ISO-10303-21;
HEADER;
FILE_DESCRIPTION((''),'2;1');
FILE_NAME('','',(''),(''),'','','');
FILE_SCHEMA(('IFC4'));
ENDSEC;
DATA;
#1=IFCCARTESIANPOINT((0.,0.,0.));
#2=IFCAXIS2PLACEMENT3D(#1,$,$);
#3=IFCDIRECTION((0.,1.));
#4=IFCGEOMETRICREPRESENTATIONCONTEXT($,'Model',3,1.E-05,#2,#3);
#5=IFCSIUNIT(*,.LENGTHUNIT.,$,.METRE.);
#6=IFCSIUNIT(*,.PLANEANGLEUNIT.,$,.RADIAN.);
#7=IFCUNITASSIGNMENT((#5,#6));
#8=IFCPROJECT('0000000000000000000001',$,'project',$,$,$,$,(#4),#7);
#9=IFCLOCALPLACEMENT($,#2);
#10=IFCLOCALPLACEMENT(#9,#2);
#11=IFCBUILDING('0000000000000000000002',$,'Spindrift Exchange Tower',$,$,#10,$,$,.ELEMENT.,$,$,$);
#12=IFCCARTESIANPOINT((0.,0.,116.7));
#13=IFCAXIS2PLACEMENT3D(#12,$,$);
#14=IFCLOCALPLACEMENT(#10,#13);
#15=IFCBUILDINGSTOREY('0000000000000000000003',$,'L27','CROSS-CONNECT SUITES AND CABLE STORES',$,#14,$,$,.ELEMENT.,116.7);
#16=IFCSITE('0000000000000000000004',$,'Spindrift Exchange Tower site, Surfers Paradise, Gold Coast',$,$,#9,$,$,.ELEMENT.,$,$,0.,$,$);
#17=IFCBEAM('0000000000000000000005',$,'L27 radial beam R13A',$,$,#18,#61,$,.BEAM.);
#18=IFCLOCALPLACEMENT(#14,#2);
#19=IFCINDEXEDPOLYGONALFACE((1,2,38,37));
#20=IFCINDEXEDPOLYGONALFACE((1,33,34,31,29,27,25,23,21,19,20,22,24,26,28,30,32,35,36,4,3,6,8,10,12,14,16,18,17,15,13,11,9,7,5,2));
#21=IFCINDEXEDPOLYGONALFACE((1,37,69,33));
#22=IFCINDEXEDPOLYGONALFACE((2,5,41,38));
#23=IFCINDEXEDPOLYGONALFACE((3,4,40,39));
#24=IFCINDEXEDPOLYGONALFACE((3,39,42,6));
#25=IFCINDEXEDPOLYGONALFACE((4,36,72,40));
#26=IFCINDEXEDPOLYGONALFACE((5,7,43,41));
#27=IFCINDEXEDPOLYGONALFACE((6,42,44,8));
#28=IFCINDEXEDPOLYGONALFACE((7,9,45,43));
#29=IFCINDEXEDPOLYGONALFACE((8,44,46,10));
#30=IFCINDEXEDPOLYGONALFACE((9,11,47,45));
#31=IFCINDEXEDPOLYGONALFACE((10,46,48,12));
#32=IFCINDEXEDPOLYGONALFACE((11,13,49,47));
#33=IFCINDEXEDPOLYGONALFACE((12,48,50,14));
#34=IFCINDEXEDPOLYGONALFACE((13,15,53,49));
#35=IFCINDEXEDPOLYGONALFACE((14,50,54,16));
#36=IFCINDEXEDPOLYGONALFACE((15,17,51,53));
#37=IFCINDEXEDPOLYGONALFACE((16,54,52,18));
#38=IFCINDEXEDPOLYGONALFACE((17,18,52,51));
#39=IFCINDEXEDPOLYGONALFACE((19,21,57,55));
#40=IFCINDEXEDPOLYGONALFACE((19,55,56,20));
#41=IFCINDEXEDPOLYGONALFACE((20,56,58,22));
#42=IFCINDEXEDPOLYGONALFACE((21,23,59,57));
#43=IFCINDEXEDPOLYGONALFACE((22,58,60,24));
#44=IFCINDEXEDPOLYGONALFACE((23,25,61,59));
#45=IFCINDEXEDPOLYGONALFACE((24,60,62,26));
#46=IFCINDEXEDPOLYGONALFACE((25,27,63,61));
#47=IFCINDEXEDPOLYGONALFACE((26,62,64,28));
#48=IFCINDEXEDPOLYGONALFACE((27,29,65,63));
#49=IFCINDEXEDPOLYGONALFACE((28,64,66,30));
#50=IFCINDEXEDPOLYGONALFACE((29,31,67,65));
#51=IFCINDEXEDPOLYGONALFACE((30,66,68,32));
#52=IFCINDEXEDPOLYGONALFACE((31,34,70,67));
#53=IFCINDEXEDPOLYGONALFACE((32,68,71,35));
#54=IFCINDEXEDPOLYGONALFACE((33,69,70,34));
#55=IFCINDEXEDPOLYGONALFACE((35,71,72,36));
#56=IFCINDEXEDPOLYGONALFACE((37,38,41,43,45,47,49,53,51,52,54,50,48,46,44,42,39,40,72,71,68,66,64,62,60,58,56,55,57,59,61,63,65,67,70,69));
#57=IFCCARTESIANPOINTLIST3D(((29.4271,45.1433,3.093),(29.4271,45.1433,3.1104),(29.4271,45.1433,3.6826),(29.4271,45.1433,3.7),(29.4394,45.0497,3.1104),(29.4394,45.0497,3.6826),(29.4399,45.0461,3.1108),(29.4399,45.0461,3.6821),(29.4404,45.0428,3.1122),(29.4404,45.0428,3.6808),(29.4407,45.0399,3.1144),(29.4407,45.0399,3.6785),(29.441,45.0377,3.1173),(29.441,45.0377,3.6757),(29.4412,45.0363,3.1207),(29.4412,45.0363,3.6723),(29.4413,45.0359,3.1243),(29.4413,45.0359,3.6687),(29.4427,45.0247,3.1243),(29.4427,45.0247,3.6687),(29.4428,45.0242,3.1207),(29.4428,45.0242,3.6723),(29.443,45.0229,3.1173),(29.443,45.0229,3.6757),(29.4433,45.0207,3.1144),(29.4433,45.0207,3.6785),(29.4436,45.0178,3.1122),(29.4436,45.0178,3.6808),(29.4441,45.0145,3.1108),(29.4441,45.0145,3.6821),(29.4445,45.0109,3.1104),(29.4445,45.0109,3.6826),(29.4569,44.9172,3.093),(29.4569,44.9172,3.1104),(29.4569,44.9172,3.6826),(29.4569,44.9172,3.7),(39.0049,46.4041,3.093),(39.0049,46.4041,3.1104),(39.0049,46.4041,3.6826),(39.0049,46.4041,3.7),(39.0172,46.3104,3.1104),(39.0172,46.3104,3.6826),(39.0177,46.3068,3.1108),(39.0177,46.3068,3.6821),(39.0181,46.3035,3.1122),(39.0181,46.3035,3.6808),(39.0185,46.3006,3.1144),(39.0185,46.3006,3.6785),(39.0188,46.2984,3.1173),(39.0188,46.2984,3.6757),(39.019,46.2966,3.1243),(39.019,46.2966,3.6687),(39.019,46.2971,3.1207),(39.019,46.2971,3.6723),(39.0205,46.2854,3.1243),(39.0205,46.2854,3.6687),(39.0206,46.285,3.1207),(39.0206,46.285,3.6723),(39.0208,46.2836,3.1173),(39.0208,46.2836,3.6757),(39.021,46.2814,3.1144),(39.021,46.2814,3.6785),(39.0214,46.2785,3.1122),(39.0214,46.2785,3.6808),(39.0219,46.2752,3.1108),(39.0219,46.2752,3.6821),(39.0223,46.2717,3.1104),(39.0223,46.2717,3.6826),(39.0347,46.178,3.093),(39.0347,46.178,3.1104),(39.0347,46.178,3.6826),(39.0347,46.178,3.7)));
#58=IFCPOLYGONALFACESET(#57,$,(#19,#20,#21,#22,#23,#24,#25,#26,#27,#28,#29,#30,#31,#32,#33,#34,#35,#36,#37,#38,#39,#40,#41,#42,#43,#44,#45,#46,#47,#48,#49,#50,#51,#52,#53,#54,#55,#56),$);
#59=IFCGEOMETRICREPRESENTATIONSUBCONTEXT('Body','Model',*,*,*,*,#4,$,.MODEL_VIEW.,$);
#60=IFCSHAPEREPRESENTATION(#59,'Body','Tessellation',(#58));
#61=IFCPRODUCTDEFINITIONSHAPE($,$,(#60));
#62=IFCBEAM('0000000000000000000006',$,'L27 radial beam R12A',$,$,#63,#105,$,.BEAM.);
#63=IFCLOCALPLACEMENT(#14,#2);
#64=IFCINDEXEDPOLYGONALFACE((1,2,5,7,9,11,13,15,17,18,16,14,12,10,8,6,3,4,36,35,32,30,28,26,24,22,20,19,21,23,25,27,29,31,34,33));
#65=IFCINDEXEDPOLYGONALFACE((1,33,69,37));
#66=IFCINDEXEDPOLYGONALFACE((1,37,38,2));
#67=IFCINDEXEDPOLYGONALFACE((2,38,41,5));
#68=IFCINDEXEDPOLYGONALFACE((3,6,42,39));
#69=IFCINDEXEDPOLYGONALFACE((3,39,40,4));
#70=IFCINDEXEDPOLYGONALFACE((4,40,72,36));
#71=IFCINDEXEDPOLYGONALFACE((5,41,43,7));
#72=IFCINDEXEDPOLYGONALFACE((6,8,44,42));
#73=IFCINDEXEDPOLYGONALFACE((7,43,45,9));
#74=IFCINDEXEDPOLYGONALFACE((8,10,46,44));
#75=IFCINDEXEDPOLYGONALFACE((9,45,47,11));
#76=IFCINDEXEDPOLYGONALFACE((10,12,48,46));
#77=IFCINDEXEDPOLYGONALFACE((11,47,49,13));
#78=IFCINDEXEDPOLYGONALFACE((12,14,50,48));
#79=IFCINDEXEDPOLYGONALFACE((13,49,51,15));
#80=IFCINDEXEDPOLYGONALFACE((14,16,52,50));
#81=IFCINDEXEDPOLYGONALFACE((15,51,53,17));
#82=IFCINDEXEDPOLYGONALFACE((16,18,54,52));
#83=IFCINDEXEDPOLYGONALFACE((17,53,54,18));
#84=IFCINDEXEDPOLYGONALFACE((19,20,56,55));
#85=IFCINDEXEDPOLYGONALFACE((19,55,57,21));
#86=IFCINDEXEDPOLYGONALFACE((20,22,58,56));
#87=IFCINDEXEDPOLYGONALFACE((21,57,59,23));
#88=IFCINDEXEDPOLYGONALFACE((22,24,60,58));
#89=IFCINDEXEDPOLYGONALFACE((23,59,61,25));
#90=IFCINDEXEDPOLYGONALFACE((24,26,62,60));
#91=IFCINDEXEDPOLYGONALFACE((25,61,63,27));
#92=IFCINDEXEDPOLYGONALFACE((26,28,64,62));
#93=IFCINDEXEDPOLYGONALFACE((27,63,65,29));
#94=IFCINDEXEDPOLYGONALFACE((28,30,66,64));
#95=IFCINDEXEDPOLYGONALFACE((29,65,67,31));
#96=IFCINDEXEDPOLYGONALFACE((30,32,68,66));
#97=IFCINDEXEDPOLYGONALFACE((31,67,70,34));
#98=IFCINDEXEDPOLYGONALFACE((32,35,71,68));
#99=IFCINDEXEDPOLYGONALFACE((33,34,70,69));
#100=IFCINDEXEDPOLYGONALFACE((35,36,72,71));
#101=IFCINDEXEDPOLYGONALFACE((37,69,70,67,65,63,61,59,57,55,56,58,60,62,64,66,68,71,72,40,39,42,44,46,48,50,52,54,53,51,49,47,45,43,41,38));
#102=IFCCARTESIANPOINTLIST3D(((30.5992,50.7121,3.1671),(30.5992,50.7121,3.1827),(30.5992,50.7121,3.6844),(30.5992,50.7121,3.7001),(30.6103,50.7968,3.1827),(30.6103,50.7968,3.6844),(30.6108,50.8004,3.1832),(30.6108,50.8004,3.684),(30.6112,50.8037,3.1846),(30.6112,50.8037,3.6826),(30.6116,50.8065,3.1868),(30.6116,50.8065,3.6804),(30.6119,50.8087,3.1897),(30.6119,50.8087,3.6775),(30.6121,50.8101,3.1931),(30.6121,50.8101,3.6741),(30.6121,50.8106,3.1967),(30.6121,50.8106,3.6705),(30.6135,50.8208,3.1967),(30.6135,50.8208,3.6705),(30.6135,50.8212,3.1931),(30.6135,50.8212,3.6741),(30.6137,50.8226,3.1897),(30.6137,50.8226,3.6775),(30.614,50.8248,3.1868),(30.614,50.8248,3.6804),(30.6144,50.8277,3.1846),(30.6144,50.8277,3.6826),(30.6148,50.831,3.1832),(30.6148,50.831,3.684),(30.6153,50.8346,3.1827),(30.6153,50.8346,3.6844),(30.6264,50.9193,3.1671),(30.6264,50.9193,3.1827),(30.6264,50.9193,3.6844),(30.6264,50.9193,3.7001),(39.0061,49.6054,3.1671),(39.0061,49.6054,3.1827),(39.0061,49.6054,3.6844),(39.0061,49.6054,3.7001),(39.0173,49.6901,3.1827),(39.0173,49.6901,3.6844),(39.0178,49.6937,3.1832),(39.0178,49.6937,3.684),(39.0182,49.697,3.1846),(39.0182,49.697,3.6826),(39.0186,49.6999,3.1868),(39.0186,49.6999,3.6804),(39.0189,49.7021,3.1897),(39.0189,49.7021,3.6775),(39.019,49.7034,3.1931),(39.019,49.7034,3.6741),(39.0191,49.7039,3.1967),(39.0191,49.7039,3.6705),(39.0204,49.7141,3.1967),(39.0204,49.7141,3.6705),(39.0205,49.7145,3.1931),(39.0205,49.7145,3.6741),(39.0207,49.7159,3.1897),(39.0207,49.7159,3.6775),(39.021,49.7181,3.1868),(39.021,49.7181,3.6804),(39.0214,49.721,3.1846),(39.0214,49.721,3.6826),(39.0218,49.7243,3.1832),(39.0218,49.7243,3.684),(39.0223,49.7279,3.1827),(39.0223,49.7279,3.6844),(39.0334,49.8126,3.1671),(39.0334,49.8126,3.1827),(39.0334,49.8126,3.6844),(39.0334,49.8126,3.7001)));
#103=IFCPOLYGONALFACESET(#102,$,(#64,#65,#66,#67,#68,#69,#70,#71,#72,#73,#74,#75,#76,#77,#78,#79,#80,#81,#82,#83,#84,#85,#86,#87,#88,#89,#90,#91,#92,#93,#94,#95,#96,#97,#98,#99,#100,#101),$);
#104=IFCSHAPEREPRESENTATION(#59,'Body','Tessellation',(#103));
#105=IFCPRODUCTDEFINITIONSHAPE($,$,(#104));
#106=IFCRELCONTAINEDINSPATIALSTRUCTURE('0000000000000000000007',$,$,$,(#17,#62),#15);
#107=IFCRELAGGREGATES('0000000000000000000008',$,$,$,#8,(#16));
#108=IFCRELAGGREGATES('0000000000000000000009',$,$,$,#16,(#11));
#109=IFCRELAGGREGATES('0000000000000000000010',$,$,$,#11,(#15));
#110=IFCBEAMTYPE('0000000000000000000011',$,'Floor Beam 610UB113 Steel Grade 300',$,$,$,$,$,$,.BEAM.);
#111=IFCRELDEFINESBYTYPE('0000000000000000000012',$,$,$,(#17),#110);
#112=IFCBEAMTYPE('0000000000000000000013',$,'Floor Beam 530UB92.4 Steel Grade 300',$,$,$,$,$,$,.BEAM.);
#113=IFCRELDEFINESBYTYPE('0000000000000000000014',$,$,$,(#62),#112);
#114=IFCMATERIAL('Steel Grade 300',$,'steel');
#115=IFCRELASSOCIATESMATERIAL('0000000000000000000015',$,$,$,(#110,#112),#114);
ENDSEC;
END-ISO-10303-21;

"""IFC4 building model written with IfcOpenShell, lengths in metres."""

from ifc_helpers import new_model, si_unit, direction, frame, origin, origin_2d, place, context, subcontext, project, spatial, i_section, extrude, source, transform, mapped, material, material_profile, profile_set, type_object, element, save


model = new_model("IFC4")

# Units and contexts
model_context = context("Model", 3, precision=1e-05, world=origin(), true_north=direction((0.0, 1.0)))
body_context = subcontext(model_context, "Body", "Model", "MODEL_VIEW")
ifc_project = project(units=[si_unit("LENGTHUNIT", "METRE"), si_unit("PLANEANGLEUNIT", "RADIAN")], contexts=[model_context])

# Site, building, storey
site_placement = place(None, origin())
site = spatial("IfcSite", under=ifc_project, at=site_placement, Name="Spindrift Exchange Tower site, Surfers Paradise, Gold Coast", CompositionType="ELEMENT", RefElevation=0.0)
building_placement = place(site_placement, origin())
building = spatial("IfcBuilding", under=site, at=building_placement, Name="Spindrift Exchange Tower", CompositionType="ELEMENT")
storey_placement = place(building_placement, frame((0.0, 0.0, 116.7)))
storey = spatial("IfcBuildingStorey", under=building, at=storey_placement, Name="L27", Description="CROSS-CONNECT SUITES AND CABLE STORES", CompositionType="ELEMENT", Elevation=116.7)

# Beams
ifc_material_1 = material(Name="Steel Grade 300", Category="steel")
ifc_material_profile_1 = material_profile(ifc_material_1, i_section(OverallWidth=0.228, OverallDepth=0.6069, WebThickness=0.0112, FlangeThickness=0.0173, FilletRadius=0.0139, at=origin_2d()), Name="610UB113")
ifc_profile_set_1 = profile_set([ifc_material_profile_1], Name="Steel Grade 300")
beam_type_1 = type_object("IfcBeamType", Name="Floor Beam 610UB113 Steel Grade 300", PredefinedType="BEAM", material=ifc_profile_set_1)
shared_shape_1 = source(origin(), body_context, "Body", "SweptSolid", [
    extrude(i_section(OverallWidth=0.228, OverallDepth=0.6069, WebThickness=0.0112, FlangeThickness=0.0173, FilletRadius=0.0139, at=origin_2d()), origin(), (0.0, 0.0, 1.0), 9.6604),
])
beam_1_placement = place(storey_placement, frame((39.0198, 46.291, 3.3965), z_axis=(-0.991448, -0.130505, 0.0), x_axis=(0.130505, -0.991448, 0.0)))
element("IfcBeam", 1, at=beam_1_placement, inside=storey, type_object=beam_type_1, Name="L27 radial beam R13A", PredefinedType="BEAM", context=body_context, shape_type="MappedRepresentation", body=[
    mapped(shared_shape_1, transform((0.0, 0.0, 0.0), scale=1.0)),
])
ifc_material_profile_2 = material_profile(ifc_material_1, i_section(OverallWidth=0.209, OverallDepth=0.533, WebThickness=0.0103, FlangeThickness=0.0156, FilletRadius=0.0139, at=origin_2d()), Name="530UB92.4")
ifc_profile_set_2 = profile_set([ifc_material_profile_2], Name="Steel Grade 300")
beam_type_2 = type_object("IfcBeamType", Name="Floor Beam 530UB92.4 Steel Grade 300", PredefinedType="BEAM", material=ifc_profile_set_2)
shared_shape_2 = source(origin(), body_context, "Body", "SweptSolid", [
    extrude(i_section(OverallWidth=0.209, OverallDepth=0.533, WebThickness=0.0103, FlangeThickness=0.0156, FilletRadius=0.0139, at=origin_2d()), origin(), (0.0, 0.0, 1.0), 8.4795),
])
beam_2_placement = place(storey_placement, frame((39.0198, 49.709, 3.4336), z_axis=(-0.991447, 0.130513, 0.0), x_axis=(-0.130513, -0.991447, 0.0)))
element("IfcBeam", 2, at=beam_2_placement, inside=storey, type_object=beam_type_2, Name="L27 radial beam R12A", PredefinedType="BEAM", context=body_context, shape_type="MappedRepresentation", body=[
    mapped(shared_shape_2, transform((0.0, 0.0, 0.0), scale=1.0)),
])

save(model, "model.ifc")
